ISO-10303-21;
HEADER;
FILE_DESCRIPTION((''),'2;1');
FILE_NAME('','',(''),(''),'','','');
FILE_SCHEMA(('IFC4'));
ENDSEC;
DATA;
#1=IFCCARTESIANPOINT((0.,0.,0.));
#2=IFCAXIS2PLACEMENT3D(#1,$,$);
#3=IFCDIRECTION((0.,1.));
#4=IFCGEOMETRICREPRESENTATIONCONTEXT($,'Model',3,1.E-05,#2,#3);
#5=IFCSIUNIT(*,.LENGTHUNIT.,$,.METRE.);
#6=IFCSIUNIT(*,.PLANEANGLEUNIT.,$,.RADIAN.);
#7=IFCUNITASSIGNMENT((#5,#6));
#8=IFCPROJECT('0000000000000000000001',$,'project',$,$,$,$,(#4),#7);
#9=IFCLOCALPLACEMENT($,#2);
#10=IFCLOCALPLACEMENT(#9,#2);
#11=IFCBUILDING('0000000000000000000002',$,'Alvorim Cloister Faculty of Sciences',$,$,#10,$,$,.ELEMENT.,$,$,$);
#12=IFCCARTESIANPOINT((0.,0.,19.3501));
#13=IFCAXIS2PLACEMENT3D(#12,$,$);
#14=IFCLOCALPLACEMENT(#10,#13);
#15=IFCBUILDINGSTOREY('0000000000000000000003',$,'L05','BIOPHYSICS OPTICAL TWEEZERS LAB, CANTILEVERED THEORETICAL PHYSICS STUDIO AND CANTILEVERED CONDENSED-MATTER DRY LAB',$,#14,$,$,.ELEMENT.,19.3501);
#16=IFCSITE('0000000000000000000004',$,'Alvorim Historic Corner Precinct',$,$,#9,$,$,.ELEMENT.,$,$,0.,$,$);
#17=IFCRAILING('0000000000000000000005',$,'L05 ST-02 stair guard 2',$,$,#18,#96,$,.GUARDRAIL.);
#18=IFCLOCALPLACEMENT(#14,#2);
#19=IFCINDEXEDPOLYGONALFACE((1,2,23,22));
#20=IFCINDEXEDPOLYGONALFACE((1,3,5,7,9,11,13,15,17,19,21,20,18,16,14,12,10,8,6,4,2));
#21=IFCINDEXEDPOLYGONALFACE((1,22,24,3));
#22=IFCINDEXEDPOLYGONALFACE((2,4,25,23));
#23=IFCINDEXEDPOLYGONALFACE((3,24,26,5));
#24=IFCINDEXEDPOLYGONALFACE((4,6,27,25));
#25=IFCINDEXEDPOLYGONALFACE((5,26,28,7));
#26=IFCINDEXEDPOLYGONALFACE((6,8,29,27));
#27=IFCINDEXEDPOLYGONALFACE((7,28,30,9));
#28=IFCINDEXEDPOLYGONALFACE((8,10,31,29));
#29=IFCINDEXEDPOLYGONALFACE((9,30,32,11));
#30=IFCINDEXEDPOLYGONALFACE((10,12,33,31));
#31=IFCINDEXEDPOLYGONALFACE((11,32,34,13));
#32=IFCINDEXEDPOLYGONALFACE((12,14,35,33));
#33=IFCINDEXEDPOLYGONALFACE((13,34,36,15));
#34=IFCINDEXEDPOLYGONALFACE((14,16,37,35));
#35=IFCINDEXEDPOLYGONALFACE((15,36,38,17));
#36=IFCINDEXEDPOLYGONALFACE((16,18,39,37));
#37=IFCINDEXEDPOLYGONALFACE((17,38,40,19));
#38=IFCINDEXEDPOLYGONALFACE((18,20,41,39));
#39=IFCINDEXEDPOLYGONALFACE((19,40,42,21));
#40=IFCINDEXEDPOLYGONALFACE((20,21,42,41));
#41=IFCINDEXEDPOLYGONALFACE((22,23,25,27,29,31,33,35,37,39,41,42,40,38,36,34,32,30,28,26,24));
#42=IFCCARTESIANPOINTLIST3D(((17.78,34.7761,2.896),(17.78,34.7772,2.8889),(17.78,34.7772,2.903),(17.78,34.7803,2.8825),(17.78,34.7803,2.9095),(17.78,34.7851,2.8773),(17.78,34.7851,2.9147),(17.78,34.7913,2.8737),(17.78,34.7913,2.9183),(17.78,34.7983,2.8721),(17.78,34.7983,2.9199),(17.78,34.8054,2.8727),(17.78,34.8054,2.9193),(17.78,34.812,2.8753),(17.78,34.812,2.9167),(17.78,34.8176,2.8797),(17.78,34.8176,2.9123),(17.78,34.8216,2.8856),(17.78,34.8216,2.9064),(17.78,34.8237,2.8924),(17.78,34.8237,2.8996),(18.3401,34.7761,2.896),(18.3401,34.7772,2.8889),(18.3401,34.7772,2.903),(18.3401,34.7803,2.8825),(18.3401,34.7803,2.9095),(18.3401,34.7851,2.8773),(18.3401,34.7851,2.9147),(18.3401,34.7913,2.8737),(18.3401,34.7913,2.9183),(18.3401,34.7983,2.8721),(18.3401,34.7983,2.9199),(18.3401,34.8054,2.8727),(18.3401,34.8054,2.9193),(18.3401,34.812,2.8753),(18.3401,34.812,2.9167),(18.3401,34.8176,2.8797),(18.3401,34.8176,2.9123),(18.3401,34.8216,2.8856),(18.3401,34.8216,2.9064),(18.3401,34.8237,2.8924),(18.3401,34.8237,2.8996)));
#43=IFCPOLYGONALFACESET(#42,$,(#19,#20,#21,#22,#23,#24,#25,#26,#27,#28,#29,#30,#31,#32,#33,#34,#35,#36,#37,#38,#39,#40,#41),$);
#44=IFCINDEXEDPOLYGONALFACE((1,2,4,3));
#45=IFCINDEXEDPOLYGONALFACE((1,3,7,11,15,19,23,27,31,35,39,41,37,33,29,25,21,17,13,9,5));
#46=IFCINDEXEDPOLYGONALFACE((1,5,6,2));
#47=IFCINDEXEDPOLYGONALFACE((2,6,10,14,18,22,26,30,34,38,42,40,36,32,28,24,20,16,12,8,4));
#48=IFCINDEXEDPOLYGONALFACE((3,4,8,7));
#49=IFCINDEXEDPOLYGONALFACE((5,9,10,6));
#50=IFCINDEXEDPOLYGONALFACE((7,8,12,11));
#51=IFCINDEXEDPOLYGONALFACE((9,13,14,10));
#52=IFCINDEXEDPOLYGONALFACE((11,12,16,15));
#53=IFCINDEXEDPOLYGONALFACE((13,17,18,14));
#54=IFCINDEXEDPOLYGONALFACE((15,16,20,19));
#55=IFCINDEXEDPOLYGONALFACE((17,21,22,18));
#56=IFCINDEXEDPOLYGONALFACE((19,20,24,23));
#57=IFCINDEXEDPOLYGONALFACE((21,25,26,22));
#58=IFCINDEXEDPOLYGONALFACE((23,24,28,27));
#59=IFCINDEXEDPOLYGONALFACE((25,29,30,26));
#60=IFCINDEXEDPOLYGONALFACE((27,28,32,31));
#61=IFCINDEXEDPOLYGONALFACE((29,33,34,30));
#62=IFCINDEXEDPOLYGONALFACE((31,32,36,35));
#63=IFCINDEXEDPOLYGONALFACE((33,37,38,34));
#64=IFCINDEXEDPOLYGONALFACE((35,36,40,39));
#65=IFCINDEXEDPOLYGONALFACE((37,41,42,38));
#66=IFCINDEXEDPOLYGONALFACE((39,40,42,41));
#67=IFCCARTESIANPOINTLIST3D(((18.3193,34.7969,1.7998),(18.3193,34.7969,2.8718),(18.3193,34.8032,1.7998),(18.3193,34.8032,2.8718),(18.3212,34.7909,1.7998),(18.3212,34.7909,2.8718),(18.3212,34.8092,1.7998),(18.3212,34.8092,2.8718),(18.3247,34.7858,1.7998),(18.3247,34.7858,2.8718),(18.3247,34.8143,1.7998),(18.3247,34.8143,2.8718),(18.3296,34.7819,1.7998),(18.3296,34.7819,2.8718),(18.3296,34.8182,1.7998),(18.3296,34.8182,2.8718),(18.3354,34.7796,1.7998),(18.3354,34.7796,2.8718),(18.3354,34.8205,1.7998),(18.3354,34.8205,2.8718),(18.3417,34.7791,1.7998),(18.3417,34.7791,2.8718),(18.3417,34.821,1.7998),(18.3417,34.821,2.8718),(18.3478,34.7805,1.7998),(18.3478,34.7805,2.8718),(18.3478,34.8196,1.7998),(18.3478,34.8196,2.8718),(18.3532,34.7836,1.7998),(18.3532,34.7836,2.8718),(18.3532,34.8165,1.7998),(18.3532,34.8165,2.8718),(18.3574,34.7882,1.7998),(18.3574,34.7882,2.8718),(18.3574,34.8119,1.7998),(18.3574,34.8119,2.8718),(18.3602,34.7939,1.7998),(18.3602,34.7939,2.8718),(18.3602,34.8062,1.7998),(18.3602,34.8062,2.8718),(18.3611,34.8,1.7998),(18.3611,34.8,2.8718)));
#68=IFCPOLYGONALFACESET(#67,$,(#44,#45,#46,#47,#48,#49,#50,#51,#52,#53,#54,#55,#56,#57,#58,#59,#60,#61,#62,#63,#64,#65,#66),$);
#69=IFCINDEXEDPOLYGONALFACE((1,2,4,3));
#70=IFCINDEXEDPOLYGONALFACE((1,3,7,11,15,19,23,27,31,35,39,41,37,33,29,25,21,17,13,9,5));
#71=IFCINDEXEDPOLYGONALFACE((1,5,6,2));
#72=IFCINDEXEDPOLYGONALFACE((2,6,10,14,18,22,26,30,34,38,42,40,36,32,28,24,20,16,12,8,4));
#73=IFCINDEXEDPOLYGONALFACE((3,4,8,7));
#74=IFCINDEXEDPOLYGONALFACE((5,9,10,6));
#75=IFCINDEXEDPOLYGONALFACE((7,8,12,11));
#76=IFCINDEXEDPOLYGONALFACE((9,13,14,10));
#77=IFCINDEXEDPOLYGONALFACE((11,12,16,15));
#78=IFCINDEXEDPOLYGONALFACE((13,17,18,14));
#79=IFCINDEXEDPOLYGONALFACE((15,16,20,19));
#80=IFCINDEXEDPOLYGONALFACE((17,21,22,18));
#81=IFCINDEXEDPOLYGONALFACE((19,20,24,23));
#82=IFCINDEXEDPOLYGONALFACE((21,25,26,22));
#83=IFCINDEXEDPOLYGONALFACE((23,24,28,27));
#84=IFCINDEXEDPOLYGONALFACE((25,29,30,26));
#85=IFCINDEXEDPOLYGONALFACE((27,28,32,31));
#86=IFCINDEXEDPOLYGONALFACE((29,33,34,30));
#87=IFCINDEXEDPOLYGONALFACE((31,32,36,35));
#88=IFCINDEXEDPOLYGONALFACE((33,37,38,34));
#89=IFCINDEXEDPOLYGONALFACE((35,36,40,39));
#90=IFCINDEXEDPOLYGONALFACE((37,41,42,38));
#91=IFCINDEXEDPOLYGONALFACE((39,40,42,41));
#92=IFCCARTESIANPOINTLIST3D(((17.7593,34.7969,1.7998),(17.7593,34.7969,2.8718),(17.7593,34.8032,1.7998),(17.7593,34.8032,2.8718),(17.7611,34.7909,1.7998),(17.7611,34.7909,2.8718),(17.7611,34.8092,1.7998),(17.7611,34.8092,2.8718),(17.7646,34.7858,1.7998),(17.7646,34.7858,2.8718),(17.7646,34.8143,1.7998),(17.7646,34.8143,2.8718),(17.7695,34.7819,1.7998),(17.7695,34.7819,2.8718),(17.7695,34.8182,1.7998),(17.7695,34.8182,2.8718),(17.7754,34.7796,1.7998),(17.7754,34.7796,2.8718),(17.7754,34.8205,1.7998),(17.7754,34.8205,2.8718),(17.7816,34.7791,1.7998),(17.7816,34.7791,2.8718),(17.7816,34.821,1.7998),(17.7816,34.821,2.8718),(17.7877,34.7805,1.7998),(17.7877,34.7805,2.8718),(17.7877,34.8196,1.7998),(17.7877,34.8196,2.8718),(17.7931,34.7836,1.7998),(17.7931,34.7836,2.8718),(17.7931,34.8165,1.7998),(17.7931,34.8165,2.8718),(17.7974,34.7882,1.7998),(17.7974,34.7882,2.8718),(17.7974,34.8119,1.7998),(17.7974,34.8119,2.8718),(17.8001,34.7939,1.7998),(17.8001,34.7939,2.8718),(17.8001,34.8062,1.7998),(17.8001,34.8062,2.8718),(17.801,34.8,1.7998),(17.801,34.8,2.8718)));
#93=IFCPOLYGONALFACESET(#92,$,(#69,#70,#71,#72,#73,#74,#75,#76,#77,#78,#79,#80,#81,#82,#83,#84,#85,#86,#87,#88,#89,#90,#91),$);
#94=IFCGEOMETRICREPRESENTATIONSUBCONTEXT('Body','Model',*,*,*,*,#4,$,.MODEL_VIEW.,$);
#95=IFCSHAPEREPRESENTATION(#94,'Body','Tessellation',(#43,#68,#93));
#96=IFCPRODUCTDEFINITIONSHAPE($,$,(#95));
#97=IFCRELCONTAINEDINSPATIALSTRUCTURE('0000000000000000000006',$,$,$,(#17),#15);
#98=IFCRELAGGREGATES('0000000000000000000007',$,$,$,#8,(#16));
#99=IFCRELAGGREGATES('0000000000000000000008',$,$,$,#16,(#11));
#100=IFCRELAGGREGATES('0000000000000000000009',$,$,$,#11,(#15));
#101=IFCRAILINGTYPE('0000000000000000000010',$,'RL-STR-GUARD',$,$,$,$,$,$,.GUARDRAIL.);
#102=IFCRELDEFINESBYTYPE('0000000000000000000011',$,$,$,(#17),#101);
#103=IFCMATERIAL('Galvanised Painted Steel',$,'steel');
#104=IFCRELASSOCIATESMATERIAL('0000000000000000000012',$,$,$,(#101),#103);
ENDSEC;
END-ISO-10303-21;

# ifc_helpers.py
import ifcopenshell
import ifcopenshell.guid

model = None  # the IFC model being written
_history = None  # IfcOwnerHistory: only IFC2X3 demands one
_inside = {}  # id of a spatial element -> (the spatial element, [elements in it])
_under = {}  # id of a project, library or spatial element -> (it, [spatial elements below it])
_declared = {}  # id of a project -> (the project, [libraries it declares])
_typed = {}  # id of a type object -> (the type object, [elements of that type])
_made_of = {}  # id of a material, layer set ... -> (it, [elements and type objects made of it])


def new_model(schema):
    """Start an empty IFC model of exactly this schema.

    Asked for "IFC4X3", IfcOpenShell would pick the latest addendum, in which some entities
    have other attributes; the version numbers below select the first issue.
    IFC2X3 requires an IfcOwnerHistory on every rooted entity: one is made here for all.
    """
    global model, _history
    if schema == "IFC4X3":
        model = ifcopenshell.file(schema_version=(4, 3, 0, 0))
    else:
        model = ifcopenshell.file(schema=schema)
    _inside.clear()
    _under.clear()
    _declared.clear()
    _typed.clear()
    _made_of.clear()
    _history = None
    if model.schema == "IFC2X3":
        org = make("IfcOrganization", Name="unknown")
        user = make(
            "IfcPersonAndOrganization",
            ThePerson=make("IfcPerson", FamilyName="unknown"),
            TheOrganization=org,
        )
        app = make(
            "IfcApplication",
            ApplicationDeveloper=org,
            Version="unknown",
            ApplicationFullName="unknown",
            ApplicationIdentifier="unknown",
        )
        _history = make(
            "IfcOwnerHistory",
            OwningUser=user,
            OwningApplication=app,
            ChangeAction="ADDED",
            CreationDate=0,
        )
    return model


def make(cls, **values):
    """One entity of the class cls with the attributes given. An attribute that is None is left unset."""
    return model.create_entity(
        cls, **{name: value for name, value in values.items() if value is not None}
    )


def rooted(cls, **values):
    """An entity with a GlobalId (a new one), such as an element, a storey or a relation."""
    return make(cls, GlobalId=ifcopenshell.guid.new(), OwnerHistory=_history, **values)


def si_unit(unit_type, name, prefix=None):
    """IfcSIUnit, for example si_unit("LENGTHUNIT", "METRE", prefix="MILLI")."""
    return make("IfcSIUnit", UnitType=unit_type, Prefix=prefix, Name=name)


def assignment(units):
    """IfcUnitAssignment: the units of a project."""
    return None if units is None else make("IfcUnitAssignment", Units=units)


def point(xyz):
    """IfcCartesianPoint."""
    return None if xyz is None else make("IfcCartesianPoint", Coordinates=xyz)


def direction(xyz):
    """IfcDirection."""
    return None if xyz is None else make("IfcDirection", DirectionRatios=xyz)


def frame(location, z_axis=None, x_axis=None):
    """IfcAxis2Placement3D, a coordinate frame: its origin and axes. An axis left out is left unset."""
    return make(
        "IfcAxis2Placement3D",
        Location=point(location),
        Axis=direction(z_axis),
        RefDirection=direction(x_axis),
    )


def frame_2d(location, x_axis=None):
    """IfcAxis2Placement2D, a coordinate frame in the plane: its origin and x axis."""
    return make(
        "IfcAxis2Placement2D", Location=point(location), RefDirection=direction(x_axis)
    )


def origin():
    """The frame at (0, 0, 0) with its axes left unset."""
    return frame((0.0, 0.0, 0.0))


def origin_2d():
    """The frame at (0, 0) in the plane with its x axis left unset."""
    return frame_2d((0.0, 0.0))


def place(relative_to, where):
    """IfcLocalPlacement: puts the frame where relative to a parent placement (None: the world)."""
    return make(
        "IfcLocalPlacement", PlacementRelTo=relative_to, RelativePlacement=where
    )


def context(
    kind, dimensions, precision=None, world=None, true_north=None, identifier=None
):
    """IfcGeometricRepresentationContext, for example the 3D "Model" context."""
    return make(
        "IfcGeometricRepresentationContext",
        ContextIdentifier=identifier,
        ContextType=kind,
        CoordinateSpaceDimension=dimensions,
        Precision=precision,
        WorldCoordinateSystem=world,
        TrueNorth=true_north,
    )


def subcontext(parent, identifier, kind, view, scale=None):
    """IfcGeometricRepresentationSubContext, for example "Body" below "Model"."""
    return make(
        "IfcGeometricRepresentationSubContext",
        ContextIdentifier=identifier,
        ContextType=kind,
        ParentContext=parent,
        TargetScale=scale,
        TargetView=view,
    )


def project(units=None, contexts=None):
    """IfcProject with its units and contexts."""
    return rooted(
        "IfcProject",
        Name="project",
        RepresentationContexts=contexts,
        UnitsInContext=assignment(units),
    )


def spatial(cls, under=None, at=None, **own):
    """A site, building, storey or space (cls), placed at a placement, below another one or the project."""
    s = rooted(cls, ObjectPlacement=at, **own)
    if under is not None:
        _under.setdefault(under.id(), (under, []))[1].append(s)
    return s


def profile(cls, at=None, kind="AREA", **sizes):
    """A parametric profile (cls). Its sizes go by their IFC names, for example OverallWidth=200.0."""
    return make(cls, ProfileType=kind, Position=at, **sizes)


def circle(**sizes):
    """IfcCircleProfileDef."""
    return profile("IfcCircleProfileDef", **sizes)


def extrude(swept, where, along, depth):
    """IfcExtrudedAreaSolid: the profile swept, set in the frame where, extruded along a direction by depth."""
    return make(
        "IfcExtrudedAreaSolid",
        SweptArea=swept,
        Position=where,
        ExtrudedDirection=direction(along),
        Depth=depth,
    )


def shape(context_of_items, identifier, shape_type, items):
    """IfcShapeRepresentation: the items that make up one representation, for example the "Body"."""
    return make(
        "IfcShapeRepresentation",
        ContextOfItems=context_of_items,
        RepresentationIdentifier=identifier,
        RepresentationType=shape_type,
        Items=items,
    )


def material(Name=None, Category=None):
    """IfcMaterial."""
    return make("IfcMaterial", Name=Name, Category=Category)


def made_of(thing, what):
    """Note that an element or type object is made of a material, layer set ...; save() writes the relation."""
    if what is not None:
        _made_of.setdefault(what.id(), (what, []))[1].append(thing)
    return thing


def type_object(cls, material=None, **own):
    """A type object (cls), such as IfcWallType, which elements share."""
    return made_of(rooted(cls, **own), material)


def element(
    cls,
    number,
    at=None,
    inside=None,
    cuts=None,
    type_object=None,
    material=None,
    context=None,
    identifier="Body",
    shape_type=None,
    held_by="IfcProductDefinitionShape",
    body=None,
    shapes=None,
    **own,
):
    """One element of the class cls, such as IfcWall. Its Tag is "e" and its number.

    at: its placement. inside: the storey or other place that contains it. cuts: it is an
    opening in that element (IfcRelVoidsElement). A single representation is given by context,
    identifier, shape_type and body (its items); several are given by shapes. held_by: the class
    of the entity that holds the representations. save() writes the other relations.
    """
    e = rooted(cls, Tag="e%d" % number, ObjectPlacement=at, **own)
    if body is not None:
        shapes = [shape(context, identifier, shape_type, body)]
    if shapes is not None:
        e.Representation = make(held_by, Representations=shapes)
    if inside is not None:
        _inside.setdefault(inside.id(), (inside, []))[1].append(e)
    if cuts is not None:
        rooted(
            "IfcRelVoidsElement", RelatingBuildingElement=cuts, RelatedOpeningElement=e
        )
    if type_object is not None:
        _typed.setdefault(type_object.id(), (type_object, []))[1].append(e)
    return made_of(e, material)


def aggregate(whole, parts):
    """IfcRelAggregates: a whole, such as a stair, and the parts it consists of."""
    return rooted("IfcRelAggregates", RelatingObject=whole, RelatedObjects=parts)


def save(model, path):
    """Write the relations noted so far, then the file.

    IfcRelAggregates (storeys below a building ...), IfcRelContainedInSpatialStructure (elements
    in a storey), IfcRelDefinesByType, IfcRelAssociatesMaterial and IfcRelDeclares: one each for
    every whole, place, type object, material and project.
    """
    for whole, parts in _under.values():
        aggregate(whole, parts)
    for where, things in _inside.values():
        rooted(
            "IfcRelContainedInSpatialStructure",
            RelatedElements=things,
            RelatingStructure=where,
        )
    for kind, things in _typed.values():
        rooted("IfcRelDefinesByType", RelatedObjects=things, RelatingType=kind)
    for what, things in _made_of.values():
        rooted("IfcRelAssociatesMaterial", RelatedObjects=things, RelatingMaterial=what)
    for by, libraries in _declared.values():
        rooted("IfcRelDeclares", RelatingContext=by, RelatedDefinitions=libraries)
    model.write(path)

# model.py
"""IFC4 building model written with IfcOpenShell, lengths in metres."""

from ifc_helpers import new_model, si_unit, direction, frame, origin, origin_2d, place, context, subcontext, project, spatial, circle, extrude, material, type_object, element, save


model = new_model("IFC4")

# Units and contexts
model_context = context("Model", 3, precision=1e-05, world=origin(), true_north=direction((0.0, 1.0)))
body_context = subcontext(model_context, "Body", "Model", "MODEL_VIEW")
ifc_project = project(units=[si_unit("LENGTHUNIT", "METRE"), si_unit("PLANEANGLEUNIT", "RADIAN")], contexts=[model_context])

# Site, building, storey
site_placement = place(None, origin())
site = spatial("IfcSite", under=ifc_project, at=site_placement, Name="Alvorim Historic Corner Precinct", CompositionType="ELEMENT", RefElevation=0.0)
building_placement = place(site_placement, origin())
building = spatial("IfcBuilding", under=site, at=building_placement, Name="Alvorim Cloister Faculty of Sciences", CompositionType="ELEMENT")
storey_placement = place(building_placement, frame((0.0, 0.0, 19.3501)))
storey = spatial("IfcBuildingStorey", under=building, at=storey_placement, Name="L05", Description="BIOPHYSICS OPTICAL TWEEZERS LAB, CANTILEVERED THEORETICAL PHYSICS STUDIO AND CANTILEVERED CONDENSED-MATTER DRY LAB", CompositionType="ELEMENT", Elevation=19.3501)

# Railing
ifc_material_1 = material(Name="Galvanised Painted Steel", Category="steel")
railing_type_1 = type_object("IfcRailingType", Name="RL-STR-GUARD", PredefinedType="GUARDRAIL", material=ifc_material_1)
railing_1_placement = place(storey_placement, frame((18.3401, 34.8, 1.7998)))
element("IfcRailing", 1, at=railing_1_placement, inside=storey, type_object=railing_type_1, Name="L05 ST-02 stair guard 2", PredefinedType="GUARDRAIL", context=body_context, shape_type="SweptSolid", body=[
    extrude(circle(Radius=0.0239, at=origin_2d()), frame((0.0, 0.0, 1.0962), z_axis=(-1.0, 0.0, 0.0), x_axis=(0.0, -1.0, 0.0)), (0.0, 0.0, 1.0), 0.5601),
    extrude(circle(Radius=0.021, at=origin_2d()), origin(), (0.0, 0.0, 1.0), 1.072),
    extrude(circle(Radius=0.021, at=origin_2d()), frame((-0.5601, 0.0, 0.0)), (0.0, 0.0, 1.0), 1.072),
])

save(model, "model.ifc")
